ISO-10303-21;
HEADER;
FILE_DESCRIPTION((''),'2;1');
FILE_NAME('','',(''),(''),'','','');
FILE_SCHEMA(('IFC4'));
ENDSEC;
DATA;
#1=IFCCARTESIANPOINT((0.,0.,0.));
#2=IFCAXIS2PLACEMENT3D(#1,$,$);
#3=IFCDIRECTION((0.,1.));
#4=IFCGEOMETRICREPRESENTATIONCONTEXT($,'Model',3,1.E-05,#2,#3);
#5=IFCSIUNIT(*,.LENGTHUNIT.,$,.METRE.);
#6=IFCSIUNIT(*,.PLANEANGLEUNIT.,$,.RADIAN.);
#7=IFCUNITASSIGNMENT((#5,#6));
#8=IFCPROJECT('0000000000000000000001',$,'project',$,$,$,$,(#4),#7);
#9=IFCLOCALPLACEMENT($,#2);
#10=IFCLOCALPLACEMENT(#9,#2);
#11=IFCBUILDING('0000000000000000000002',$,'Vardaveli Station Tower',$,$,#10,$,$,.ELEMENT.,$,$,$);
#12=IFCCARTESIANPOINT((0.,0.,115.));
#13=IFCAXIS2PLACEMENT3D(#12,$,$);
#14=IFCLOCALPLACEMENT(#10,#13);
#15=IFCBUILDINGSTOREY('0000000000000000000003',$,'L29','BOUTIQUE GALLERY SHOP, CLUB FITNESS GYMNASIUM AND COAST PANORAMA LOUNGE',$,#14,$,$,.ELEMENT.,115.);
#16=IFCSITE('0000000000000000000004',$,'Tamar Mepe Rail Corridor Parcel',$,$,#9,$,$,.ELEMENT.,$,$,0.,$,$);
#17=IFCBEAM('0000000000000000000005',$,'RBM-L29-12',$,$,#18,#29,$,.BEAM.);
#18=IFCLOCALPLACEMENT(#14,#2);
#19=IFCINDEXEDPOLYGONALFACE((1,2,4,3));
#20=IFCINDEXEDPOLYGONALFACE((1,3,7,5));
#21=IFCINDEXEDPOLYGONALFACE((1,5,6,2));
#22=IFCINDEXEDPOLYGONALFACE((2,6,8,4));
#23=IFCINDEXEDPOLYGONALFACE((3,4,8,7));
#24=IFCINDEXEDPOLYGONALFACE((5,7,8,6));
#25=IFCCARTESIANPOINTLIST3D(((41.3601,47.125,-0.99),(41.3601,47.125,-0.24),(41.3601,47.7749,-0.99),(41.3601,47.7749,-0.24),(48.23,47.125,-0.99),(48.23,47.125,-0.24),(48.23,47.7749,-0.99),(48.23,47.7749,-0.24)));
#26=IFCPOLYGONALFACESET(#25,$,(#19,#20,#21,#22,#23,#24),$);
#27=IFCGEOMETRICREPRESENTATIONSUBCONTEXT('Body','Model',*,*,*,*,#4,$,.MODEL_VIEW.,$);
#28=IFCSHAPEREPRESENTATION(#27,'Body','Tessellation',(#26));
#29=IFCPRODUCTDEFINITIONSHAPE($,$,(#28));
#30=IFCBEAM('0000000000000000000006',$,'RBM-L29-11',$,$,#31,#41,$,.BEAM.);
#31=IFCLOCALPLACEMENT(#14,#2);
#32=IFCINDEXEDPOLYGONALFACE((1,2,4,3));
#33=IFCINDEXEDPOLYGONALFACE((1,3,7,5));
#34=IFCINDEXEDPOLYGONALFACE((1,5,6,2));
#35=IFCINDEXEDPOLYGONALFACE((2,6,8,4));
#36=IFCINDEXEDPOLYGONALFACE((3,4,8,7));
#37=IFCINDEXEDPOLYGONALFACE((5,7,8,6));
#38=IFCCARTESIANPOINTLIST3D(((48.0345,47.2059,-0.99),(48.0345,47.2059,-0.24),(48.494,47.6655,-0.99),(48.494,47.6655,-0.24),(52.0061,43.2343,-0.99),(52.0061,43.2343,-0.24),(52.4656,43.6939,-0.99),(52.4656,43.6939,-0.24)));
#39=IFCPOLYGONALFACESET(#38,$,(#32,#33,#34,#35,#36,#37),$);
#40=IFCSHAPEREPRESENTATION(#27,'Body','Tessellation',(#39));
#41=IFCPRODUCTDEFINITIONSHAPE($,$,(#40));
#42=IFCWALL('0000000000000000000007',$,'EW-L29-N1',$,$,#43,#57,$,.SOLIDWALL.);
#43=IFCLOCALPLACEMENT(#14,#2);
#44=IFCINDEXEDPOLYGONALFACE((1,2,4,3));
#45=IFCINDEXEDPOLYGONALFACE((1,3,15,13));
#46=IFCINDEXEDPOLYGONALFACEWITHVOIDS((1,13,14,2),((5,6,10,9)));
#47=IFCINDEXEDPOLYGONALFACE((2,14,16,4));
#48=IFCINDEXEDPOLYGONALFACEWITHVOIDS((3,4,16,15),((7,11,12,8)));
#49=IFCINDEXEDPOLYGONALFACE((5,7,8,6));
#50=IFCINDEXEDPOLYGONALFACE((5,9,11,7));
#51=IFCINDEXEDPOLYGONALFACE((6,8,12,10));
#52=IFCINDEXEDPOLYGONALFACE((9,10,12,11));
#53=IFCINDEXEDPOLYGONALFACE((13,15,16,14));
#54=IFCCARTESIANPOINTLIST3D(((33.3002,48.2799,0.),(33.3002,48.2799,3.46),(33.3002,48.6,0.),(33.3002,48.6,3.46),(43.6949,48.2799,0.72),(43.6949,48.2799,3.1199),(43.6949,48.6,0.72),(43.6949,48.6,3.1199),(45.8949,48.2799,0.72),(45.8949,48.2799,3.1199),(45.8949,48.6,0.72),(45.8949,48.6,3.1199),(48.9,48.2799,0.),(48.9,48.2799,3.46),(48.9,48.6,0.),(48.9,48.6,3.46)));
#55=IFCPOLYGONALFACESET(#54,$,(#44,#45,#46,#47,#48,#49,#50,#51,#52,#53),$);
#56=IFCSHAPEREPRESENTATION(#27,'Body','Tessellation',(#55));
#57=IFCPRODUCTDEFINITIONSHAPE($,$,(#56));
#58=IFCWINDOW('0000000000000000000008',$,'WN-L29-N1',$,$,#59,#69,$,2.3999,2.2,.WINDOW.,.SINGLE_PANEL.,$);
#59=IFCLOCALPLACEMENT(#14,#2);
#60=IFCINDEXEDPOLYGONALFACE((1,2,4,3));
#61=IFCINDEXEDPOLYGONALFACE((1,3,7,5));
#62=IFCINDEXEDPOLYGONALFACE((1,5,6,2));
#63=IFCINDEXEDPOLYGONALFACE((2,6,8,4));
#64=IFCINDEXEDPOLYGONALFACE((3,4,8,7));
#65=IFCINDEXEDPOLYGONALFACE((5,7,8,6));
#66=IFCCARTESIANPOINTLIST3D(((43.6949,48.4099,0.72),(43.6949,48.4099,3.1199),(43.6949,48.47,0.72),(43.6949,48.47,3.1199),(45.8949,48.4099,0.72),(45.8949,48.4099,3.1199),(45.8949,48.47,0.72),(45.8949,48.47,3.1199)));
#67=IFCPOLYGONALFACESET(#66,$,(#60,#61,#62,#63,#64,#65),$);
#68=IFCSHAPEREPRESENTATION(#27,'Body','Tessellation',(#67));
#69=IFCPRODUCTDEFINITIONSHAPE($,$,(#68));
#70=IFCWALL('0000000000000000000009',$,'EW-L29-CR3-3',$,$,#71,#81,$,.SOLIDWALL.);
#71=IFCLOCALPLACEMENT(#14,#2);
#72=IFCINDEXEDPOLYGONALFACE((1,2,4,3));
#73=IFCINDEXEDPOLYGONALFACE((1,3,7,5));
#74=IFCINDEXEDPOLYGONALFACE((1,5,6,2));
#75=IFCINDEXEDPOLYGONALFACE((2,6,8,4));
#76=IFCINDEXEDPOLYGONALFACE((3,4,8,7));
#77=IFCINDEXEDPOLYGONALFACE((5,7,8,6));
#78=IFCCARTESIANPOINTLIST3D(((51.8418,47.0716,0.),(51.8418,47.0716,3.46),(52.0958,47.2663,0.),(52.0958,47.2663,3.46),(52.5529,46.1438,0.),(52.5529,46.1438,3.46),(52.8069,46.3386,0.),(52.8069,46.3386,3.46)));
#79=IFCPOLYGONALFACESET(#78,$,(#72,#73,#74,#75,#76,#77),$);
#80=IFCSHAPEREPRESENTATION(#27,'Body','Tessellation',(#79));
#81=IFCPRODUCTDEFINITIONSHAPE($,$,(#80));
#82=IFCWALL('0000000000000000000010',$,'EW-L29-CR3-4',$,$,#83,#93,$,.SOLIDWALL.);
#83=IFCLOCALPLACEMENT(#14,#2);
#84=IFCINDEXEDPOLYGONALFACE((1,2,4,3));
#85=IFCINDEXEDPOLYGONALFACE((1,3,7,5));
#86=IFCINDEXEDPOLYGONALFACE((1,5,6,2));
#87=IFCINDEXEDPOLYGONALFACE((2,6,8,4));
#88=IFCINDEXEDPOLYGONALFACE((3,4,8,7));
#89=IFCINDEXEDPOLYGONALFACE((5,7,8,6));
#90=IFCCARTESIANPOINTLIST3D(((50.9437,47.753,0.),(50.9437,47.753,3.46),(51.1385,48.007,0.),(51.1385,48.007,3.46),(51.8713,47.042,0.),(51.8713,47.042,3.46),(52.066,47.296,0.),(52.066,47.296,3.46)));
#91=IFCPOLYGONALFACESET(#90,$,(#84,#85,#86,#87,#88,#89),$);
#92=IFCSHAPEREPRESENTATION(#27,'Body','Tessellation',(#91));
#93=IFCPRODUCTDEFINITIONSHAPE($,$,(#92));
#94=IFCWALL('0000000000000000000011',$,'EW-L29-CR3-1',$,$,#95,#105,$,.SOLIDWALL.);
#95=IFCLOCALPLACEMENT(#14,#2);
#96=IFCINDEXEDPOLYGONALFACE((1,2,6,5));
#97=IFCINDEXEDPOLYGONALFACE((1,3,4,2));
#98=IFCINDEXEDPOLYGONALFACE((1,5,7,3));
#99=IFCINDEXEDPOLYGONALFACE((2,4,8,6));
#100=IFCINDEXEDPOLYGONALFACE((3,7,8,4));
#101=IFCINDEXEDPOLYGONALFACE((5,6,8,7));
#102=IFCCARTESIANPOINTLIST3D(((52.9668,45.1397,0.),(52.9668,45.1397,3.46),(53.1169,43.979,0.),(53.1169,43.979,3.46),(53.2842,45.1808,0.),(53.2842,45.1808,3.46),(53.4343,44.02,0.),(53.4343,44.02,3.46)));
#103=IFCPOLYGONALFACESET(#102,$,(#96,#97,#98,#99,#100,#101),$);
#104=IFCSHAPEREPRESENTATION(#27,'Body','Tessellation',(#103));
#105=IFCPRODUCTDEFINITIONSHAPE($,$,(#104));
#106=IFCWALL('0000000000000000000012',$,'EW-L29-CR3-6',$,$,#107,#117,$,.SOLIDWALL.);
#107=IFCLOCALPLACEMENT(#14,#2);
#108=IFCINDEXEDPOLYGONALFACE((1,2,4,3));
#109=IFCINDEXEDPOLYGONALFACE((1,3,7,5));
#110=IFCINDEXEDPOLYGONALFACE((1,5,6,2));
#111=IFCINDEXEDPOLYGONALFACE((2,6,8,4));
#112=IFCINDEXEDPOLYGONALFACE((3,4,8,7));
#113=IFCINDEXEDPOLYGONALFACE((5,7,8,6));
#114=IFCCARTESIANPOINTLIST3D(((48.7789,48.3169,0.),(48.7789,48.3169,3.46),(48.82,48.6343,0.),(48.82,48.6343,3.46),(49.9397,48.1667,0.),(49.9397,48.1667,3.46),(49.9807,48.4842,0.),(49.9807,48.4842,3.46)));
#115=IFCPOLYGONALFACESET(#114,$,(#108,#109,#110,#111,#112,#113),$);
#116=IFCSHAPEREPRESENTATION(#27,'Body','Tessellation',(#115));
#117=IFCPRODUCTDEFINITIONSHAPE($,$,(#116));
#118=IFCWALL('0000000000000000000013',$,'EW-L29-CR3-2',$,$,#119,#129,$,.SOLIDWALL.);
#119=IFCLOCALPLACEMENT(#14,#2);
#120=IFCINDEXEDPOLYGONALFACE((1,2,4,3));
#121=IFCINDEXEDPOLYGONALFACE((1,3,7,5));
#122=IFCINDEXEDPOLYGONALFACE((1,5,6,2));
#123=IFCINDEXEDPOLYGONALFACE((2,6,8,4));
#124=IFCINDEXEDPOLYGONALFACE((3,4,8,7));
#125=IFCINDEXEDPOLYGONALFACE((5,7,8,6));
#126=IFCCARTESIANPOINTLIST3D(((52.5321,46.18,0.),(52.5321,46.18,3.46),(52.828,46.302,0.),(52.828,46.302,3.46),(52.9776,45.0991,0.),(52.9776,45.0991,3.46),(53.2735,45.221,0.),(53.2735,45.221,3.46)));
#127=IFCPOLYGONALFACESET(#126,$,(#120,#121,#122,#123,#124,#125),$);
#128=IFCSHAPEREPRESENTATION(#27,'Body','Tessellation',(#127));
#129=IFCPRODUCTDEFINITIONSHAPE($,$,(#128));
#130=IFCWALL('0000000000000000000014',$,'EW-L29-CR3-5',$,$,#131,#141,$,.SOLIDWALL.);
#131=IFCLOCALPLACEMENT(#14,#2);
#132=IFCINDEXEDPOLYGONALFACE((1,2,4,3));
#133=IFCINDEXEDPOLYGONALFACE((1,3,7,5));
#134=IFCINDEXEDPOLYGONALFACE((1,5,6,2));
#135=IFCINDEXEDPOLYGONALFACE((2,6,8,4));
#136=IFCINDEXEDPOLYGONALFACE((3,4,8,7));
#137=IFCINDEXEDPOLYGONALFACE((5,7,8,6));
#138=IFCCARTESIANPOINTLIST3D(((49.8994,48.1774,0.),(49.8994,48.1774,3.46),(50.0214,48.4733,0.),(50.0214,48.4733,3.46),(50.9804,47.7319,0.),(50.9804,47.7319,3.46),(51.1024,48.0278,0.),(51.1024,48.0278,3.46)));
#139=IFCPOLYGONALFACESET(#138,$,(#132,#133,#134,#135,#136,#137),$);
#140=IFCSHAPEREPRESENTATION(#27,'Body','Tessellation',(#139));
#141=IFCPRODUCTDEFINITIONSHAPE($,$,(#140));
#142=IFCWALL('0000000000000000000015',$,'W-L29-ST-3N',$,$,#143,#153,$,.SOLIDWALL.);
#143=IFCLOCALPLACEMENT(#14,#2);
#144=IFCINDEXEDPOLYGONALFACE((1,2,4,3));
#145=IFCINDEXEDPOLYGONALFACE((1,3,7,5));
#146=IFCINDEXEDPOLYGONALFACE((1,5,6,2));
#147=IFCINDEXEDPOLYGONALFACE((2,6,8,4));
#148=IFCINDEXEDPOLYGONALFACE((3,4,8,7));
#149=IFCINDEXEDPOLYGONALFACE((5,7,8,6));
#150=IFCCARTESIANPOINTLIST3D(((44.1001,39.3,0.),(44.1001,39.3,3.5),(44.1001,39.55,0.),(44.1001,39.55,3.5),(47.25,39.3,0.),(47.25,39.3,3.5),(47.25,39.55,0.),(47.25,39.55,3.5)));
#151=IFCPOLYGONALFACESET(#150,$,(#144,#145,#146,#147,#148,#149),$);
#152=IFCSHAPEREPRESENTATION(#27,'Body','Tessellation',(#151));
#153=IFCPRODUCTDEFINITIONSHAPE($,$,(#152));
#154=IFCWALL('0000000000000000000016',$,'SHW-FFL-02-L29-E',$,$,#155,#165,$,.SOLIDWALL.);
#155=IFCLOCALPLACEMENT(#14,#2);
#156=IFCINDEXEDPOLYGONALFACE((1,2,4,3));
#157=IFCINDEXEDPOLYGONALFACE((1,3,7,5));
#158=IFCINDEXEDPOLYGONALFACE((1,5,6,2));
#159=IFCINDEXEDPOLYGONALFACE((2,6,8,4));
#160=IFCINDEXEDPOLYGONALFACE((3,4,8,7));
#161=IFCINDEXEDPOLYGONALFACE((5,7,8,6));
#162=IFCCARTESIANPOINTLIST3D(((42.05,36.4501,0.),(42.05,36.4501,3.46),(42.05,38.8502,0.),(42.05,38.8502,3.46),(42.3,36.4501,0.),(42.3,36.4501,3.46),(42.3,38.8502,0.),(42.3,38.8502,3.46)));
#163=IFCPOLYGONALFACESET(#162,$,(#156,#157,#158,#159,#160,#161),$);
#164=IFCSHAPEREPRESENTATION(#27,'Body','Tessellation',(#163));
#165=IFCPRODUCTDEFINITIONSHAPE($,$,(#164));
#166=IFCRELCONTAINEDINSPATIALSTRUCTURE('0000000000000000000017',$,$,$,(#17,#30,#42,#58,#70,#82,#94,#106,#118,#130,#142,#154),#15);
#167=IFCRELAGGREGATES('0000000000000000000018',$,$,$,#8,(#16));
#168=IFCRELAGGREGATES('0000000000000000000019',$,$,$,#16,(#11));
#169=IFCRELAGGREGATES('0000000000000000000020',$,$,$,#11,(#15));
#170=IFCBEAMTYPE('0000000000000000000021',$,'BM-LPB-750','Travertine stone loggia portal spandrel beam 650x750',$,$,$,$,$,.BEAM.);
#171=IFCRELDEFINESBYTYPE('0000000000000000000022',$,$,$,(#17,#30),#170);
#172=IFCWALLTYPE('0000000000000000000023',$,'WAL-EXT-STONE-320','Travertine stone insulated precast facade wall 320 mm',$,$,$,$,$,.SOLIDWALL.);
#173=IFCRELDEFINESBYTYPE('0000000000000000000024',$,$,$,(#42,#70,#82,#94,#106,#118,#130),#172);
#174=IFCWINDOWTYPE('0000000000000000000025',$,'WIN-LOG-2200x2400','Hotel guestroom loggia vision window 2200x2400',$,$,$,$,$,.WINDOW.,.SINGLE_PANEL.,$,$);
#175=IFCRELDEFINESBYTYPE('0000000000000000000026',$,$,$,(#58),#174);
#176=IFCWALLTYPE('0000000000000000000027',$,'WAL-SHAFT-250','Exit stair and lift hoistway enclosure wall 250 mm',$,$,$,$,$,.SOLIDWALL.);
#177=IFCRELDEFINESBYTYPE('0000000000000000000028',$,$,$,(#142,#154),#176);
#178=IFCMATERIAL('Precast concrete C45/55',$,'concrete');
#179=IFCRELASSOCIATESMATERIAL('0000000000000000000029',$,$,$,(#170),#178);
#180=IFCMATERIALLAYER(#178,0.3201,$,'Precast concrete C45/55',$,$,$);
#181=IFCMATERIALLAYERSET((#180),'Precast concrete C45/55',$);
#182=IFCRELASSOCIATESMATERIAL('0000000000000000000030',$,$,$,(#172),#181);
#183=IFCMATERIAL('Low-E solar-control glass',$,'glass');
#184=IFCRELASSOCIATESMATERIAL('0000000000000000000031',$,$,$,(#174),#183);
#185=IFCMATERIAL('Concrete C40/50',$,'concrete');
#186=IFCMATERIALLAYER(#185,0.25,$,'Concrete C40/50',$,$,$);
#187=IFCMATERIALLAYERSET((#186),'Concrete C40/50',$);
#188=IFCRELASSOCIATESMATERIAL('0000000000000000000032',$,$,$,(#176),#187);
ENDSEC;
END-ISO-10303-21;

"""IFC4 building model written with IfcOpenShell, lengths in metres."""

from ifc_helpers import new_model, si_unit, direction, frame, frame_2d, origin, origin_2d, place, context, subcontext, project, spatial, rectangle, extrude, source, transform, mapped, material, layer, layer_set, material_profile, profile_set, type_object, element, fill, save


model = new_model("IFC4")

# Units and contexts
model_context = context("Model", 3, precision=1e-05, world=origin(), true_north=direction((0.0, 1.0)))
body_context = subcontext(model_context, "Body", "Model", "MODEL_VIEW")
ifc_project = project(units=[si_unit("LENGTHUNIT", "METRE"), si_unit("PLANEANGLEUNIT", "RADIAN")], contexts=[model_context])

# Site, building, storey
site_placement = place(None, origin())
site = spatial("IfcSite", under=ifc_project, at=site_placement, Name="Tamar Mepe Rail Corridor Parcel", CompositionType="ELEMENT", RefElevation=0.0)
building_placement = place(site_placement, origin())
building = spatial("IfcBuilding", under=site, at=building_placement, Name="Vardaveli Station Tower", CompositionType="ELEMENT")
storey_placement = place(building_placement, frame((0.0, 0.0, 115.0)))
storey = spatial("IfcBuildingStorey", under=building, at=storey_placement, Name="L29", Description="BOUTIQUE GALLERY SHOP, CLUB FITNESS GYMNASIUM AND COAST PANORAMA LOUNGE", CompositionType="ELEMENT", Elevation=115.0)

# Beams
ifc_material_1 = material(Name="Precast concrete C45/55", Category="concrete")
ifc_material_profile_1 = material_profile(ifc_material_1, rectangle(XDim=0.6499, YDim=0.75, at=origin_2d()), Name="LPB 650x750")
ifc_profile_set_1 = profile_set([ifc_material_profile_1], Name="Precast concrete C45/55")
beam_type = type_object("IfcBeamType", Name="BM-LPB-750", Description="Travertine stone loggia portal spandrel beam 650x750", PredefinedType="BEAM", material=ifc_profile_set_1)
shared_shape_1 = source(origin(), body_context, "Body", "SweptSolid", [
    extrude(rectangle(XDim=0.6499, YDim=0.75, at=origin_2d()), origin(), (0.0, 0.0, 1.0), 6.8699),
])
for number, where, z_axis, x_axis, name in (
    (1, (48.23, 47.45, -0.615), (-1.0, 0.0, 0.0), (0.0, -1.0, 0.0), "RBM-L29-12"),
):
    element("IfcBeam", number, at=place(storey_placement, frame(where, z_axis=z_axis, x_axis=x_axis)), inside=storey, type_object=beam_type, Name=name, PredefinedType="BEAM", context=body_context, shape_type="MappedRepresentation", body=[
        mapped(shared_shape_1, transform((0.0, 0.0, 0.0), scale=1.0)),
    ])
shared_shape_2 = source(origin(), body_context, "Body", "SweptSolid", [
    extrude(rectangle(XDim=0.6499, YDim=0.75, at=origin_2d()), origin(), (0.0, 0.0, 1.0), 5.6167),
])
beam_placement = place(storey_placement, frame((52.2358, 43.4641, -0.615), z_axis=(-0.707107, 0.707107, 0.0), x_axis=(-0.707107, -0.707107, 0.0)))
element("IfcBeam", 2, at=beam_placement, inside=storey, type_object=beam_type, Name="RBM-L29-11", PredefinedType="BEAM", context=body_context, shape_type="MappedRepresentation", body=[
    mapped(shared_shape_2, transform((0.0, 0.0, 0.0), scale=1.0)),
])

# Wall, opening, window
ifc_layer_1 = layer(ifc_material_1, 0.3201, Name="Precast concrete C45/55")
ifc_layer_set_1 = layer_set([ifc_layer_1], Name="Precast concrete C45/55")
wall_type_1 = type_object("IfcWallType", Name="WAL-EXT-STONE-320", Description="Travertine stone insulated precast facade wall 320 mm", PredefinedType="SOLIDWALL", material=ifc_layer_set_1)
shared_shape_3 = source(origin(), body_context, "Body", "SweptSolid", [
    extrude(rectangle(XDim=15.5999, YDim=0.3201, at=frame_2d((7.7998, 0.0))), origin(), (0.0, 0.0, 1.0), 3.46),
])
wall_1_placement = place(storey_placement, frame((48.8999, 48.4399, 0.0), z_axis=(0.0, 0.0, 1.0), x_axis=(-1.0, 0.0, 0.0)))
wall_1 = element("IfcWall", 3, at=wall_1_placement, inside=storey, type_object=wall_type_1, Name="EW-L29-N1", PredefinedType="SOLIDWALL", context=body_context, shape_type="MappedRepresentation", body=[
    mapped(shared_shape_3, transform((0.0, 0.0, 0.0), scale=1.0)),
])
shared_shape_4 = source(origin(), body_context, "Body", "SweptSolid", [
    extrude(rectangle(XDim=2.2, YDim=2.3999, at=frame_2d((1.1001, 1.2))), frame((0.0, 0.1699, 0.0), z_axis=(0.0, -1.0, 0.0), x_axis=(1.0, 0.0, 0.0)), (0.0, 0.0, 1.0), 0.3401),
])
opening_placement = place(wall_1_placement, frame((3.0049, 0.0, 0.72)))
opening = element("IfcOpeningElement", 4, at=opening_placement, cuts=wall_1, PredefinedType="OPENING", context=body_context, shape_type="MappedRepresentation", body=[
    mapped(shared_shape_4, transform((0.0, 0.0, 0.0), scale=1.0)),
])
ifc_material_2 = material(Name="Low-E solar-control glass", Category="glass")
window_type = type_object("IfcWindowType", Name="WIN-LOG-2200x2400", Description="Hotel guestroom loggia vision window 2200x2400", PartitioningType="SINGLE_PANEL", PredefinedType="WINDOW", material=ifc_material_2)
shared_shape_5 = source(origin(), body_context, "Body", "SweptSolid", [
    extrude(rectangle(XDim=2.2, YDim=2.3999, at=frame_2d((1.1001, 1.2))), frame((0.0, 0.03, 0.0), z_axis=(0.0, -1.0, 0.0), x_axis=(1.0, 0.0, 0.0)), (0.0, 0.0, 1.0), 0.0601),
])
window_placement = place(opening_placement, origin())
window = element("IfcWindow", 5, at=window_placement, inside=storey, type_object=window_type, Name="WN-L29-N1", OverallHeight=2.3999, OverallWidth=2.2, PartitioningType="SINGLE_PANEL", PredefinedType="WINDOW", context=body_context, shape_type="MappedRepresentation", body=[
    mapped(shared_shape_5, transform((0.0, 0.0, 0.0), scale=1.0)),
])
fill(opening, window)

# Walls
shared_shape_6 = source(origin(), body_context, "Body", "SweptSolid", [
    extrude(rectangle(XDim=1.1689, YDim=0.3201, at=frame_2d((0.5845, 0.0))), origin(), (0.0, 0.0, 1.0), 3.46),
])
wall_2_placement = place(storey_placement, frame((52.6799, 46.2412, 0.0), z_axis=(0.0, 0.0, 1.0), x_axis=(-0.608388, 0.79364, 0.0)))
element("IfcWall", 6, at=wall_2_placement, inside=storey, type_object=wall_type_1, Name="EW-L29-CR3-3", PredefinedType="SOLIDWALL", context=body_context, shape_type="MappedRepresentation", body=[
    mapped(shared_shape_6, transform((0.0, 0.0, 0.0), scale=1.0)),
])
shared_shape_7 = source(origin(), body_context, "Body", "SweptSolid", [
    extrude(rectangle(XDim=1.1687, YDim=0.3201, at=frame_2d((0.5845, 0.0))), origin(), (0.0, 0.0, 1.0), 3.46),
])
wall_3_placement = place(storey_placement, frame((51.9688, 47.1689, 0.0), z_axis=(0.0, 0.0, 1.0), x_axis=(-0.793664, 0.608357, 0.0)))
element("IfcWall", 7, at=wall_3_placement, inside=storey, type_object=wall_type_1, Name="EW-L29-CR3-4", PredefinedType="SOLIDWALL", context=body_context, shape_type="MappedRepresentation", body=[
    mapped(shared_shape_7, transform((0.0, 0.0, 0.0), scale=1.0)),
])
shared_shape_8 = source(origin(), body_context, "Body", "SweptSolid", [
    extrude(rectangle(XDim=1.1704, YDim=0.3201, at=frame_2d((0.5852, 0.0))), origin(), (0.0, 0.0, 1.0), 3.46),
])
for number, where, z_axis, x_axis, name in (
    (8, (53.2756, 43.9995, 0.0), (0.0, 0.0, 1.0), (-0.128296, 0.991736, 0.0), "EW-L29-CR3-1"),
    (9, (49.9602, 48.3254, 0.0), (0.0, 0.0, 1.0), (-0.991736, 0.128296, 0.0), "EW-L29-CR3-6"),
):
    element("IfcWall", number, at=place(storey_placement, frame(where, z_axis=z_axis, x_axis=x_axis)), inside=storey, type_object=wall_type_1, Name=name, PredefinedType="SOLIDWALL", context=body_context, shape_type="MappedRepresentation", body=[
        mapped(shared_shape_8, transform((0.0, 0.0, 0.0), scale=1.0)),
    ])
shared_shape_9 = source(origin(), body_context, "Body", "SweptSolid", [
    extrude(rectangle(XDim=1.1692, YDim=0.3201, at=frame_2d((0.5845, 0.0))), origin(), (0.0, 0.0, 1.0), 3.46),
])
for number, where, z_axis, x_axis, name in (
    (10, (53.1255, 45.1602, 0.0), (0.0, 0.0, 1.0), (-0.381054, 0.924553, 0.0), "EW-L29-CR3-2"),
    (11, (51.0413, 47.8799, 0.0), (0.0, 0.0, 1.0), (-0.924553, 0.381054, 0.0), "EW-L29-CR3-5"),
):
    element("IfcWall", number, at=place(storey_placement, frame(where, z_axis=z_axis, x_axis=x_axis)), inside=storey, type_object=wall_type_1, Name=name, PredefinedType="SOLIDWALL", context=body_context, shape_type="MappedRepresentation", body=[
        mapped(shared_shape_9, transform((0.0, 0.0, 0.0), scale=1.0)),
    ])
ifc_material_3 = material(Name="Concrete C40/50", Category="concrete")
ifc_layer_2 = layer(ifc_material_3, 0.25, Name="Concrete C40/50")
ifc_layer_set_2 = layer_set([ifc_layer_2], Name="Concrete C40/50")
wall_type_2 = type_object("IfcWallType", Name="WAL-SHAFT-250", Description="Exit stair and lift hoistway enclosure wall 250 mm", PredefinedType="SOLIDWALL", material=ifc_layer_set_2)
shared_shape_10 = source(origin(), body_context, "Body", "SweptSolid", [
    extrude(rectangle(XDim=3.1499, YDim=0.25, at=frame_2d((1.575, 0.0))), origin(), (0.0, 0.0, 1.0), 3.5),
])
wall_4_placement = place(storey_placement, frame((44.1001, 39.425, 0.0), z_axis=(0.0, 0.0, 1.0), x_axis=(1.0, 0.0, 0.0)))
element("IfcWall", 12, at=wall_4_placement, inside=storey, type_object=wall_type_2, Name="W-L29-ST-3N", PredefinedType="SOLIDWALL", context=body_context, shape_type="MappedRepresentation", body=[
    mapped(shared_shape_10, transform((0.0, 0.0, 0.0), scale=1.0)),
])
shared_shape_11 = source(origin(), body_context, "Body", "SweptSolid", [
    extrude(rectangle(XDim=2.4001, YDim=0.25, at=frame_2d((1.2002, 0.0))), origin(), (0.0, 0.0, 1.0), 3.46),
])
wall_5_placement = place(storey_placement, frame((42.175, 36.45, 0.0), z_axis=(0.0, 0.0, 1.0), x_axis=(0.0, 1.0, 0.0)))
element("IfcWall", 13, at=wall_5_placement, inside=storey, type_object=wall_type_2, Name="SHW-FFL-02-L29-E", PredefinedType="SOLIDWALL", context=body_context, shape_type="MappedRepresentation", body=[
    mapped(shared_shape_11, transform((0.0, 0.0, 0.0), scale=1.0)),
])

save(model, "model.ifc")
